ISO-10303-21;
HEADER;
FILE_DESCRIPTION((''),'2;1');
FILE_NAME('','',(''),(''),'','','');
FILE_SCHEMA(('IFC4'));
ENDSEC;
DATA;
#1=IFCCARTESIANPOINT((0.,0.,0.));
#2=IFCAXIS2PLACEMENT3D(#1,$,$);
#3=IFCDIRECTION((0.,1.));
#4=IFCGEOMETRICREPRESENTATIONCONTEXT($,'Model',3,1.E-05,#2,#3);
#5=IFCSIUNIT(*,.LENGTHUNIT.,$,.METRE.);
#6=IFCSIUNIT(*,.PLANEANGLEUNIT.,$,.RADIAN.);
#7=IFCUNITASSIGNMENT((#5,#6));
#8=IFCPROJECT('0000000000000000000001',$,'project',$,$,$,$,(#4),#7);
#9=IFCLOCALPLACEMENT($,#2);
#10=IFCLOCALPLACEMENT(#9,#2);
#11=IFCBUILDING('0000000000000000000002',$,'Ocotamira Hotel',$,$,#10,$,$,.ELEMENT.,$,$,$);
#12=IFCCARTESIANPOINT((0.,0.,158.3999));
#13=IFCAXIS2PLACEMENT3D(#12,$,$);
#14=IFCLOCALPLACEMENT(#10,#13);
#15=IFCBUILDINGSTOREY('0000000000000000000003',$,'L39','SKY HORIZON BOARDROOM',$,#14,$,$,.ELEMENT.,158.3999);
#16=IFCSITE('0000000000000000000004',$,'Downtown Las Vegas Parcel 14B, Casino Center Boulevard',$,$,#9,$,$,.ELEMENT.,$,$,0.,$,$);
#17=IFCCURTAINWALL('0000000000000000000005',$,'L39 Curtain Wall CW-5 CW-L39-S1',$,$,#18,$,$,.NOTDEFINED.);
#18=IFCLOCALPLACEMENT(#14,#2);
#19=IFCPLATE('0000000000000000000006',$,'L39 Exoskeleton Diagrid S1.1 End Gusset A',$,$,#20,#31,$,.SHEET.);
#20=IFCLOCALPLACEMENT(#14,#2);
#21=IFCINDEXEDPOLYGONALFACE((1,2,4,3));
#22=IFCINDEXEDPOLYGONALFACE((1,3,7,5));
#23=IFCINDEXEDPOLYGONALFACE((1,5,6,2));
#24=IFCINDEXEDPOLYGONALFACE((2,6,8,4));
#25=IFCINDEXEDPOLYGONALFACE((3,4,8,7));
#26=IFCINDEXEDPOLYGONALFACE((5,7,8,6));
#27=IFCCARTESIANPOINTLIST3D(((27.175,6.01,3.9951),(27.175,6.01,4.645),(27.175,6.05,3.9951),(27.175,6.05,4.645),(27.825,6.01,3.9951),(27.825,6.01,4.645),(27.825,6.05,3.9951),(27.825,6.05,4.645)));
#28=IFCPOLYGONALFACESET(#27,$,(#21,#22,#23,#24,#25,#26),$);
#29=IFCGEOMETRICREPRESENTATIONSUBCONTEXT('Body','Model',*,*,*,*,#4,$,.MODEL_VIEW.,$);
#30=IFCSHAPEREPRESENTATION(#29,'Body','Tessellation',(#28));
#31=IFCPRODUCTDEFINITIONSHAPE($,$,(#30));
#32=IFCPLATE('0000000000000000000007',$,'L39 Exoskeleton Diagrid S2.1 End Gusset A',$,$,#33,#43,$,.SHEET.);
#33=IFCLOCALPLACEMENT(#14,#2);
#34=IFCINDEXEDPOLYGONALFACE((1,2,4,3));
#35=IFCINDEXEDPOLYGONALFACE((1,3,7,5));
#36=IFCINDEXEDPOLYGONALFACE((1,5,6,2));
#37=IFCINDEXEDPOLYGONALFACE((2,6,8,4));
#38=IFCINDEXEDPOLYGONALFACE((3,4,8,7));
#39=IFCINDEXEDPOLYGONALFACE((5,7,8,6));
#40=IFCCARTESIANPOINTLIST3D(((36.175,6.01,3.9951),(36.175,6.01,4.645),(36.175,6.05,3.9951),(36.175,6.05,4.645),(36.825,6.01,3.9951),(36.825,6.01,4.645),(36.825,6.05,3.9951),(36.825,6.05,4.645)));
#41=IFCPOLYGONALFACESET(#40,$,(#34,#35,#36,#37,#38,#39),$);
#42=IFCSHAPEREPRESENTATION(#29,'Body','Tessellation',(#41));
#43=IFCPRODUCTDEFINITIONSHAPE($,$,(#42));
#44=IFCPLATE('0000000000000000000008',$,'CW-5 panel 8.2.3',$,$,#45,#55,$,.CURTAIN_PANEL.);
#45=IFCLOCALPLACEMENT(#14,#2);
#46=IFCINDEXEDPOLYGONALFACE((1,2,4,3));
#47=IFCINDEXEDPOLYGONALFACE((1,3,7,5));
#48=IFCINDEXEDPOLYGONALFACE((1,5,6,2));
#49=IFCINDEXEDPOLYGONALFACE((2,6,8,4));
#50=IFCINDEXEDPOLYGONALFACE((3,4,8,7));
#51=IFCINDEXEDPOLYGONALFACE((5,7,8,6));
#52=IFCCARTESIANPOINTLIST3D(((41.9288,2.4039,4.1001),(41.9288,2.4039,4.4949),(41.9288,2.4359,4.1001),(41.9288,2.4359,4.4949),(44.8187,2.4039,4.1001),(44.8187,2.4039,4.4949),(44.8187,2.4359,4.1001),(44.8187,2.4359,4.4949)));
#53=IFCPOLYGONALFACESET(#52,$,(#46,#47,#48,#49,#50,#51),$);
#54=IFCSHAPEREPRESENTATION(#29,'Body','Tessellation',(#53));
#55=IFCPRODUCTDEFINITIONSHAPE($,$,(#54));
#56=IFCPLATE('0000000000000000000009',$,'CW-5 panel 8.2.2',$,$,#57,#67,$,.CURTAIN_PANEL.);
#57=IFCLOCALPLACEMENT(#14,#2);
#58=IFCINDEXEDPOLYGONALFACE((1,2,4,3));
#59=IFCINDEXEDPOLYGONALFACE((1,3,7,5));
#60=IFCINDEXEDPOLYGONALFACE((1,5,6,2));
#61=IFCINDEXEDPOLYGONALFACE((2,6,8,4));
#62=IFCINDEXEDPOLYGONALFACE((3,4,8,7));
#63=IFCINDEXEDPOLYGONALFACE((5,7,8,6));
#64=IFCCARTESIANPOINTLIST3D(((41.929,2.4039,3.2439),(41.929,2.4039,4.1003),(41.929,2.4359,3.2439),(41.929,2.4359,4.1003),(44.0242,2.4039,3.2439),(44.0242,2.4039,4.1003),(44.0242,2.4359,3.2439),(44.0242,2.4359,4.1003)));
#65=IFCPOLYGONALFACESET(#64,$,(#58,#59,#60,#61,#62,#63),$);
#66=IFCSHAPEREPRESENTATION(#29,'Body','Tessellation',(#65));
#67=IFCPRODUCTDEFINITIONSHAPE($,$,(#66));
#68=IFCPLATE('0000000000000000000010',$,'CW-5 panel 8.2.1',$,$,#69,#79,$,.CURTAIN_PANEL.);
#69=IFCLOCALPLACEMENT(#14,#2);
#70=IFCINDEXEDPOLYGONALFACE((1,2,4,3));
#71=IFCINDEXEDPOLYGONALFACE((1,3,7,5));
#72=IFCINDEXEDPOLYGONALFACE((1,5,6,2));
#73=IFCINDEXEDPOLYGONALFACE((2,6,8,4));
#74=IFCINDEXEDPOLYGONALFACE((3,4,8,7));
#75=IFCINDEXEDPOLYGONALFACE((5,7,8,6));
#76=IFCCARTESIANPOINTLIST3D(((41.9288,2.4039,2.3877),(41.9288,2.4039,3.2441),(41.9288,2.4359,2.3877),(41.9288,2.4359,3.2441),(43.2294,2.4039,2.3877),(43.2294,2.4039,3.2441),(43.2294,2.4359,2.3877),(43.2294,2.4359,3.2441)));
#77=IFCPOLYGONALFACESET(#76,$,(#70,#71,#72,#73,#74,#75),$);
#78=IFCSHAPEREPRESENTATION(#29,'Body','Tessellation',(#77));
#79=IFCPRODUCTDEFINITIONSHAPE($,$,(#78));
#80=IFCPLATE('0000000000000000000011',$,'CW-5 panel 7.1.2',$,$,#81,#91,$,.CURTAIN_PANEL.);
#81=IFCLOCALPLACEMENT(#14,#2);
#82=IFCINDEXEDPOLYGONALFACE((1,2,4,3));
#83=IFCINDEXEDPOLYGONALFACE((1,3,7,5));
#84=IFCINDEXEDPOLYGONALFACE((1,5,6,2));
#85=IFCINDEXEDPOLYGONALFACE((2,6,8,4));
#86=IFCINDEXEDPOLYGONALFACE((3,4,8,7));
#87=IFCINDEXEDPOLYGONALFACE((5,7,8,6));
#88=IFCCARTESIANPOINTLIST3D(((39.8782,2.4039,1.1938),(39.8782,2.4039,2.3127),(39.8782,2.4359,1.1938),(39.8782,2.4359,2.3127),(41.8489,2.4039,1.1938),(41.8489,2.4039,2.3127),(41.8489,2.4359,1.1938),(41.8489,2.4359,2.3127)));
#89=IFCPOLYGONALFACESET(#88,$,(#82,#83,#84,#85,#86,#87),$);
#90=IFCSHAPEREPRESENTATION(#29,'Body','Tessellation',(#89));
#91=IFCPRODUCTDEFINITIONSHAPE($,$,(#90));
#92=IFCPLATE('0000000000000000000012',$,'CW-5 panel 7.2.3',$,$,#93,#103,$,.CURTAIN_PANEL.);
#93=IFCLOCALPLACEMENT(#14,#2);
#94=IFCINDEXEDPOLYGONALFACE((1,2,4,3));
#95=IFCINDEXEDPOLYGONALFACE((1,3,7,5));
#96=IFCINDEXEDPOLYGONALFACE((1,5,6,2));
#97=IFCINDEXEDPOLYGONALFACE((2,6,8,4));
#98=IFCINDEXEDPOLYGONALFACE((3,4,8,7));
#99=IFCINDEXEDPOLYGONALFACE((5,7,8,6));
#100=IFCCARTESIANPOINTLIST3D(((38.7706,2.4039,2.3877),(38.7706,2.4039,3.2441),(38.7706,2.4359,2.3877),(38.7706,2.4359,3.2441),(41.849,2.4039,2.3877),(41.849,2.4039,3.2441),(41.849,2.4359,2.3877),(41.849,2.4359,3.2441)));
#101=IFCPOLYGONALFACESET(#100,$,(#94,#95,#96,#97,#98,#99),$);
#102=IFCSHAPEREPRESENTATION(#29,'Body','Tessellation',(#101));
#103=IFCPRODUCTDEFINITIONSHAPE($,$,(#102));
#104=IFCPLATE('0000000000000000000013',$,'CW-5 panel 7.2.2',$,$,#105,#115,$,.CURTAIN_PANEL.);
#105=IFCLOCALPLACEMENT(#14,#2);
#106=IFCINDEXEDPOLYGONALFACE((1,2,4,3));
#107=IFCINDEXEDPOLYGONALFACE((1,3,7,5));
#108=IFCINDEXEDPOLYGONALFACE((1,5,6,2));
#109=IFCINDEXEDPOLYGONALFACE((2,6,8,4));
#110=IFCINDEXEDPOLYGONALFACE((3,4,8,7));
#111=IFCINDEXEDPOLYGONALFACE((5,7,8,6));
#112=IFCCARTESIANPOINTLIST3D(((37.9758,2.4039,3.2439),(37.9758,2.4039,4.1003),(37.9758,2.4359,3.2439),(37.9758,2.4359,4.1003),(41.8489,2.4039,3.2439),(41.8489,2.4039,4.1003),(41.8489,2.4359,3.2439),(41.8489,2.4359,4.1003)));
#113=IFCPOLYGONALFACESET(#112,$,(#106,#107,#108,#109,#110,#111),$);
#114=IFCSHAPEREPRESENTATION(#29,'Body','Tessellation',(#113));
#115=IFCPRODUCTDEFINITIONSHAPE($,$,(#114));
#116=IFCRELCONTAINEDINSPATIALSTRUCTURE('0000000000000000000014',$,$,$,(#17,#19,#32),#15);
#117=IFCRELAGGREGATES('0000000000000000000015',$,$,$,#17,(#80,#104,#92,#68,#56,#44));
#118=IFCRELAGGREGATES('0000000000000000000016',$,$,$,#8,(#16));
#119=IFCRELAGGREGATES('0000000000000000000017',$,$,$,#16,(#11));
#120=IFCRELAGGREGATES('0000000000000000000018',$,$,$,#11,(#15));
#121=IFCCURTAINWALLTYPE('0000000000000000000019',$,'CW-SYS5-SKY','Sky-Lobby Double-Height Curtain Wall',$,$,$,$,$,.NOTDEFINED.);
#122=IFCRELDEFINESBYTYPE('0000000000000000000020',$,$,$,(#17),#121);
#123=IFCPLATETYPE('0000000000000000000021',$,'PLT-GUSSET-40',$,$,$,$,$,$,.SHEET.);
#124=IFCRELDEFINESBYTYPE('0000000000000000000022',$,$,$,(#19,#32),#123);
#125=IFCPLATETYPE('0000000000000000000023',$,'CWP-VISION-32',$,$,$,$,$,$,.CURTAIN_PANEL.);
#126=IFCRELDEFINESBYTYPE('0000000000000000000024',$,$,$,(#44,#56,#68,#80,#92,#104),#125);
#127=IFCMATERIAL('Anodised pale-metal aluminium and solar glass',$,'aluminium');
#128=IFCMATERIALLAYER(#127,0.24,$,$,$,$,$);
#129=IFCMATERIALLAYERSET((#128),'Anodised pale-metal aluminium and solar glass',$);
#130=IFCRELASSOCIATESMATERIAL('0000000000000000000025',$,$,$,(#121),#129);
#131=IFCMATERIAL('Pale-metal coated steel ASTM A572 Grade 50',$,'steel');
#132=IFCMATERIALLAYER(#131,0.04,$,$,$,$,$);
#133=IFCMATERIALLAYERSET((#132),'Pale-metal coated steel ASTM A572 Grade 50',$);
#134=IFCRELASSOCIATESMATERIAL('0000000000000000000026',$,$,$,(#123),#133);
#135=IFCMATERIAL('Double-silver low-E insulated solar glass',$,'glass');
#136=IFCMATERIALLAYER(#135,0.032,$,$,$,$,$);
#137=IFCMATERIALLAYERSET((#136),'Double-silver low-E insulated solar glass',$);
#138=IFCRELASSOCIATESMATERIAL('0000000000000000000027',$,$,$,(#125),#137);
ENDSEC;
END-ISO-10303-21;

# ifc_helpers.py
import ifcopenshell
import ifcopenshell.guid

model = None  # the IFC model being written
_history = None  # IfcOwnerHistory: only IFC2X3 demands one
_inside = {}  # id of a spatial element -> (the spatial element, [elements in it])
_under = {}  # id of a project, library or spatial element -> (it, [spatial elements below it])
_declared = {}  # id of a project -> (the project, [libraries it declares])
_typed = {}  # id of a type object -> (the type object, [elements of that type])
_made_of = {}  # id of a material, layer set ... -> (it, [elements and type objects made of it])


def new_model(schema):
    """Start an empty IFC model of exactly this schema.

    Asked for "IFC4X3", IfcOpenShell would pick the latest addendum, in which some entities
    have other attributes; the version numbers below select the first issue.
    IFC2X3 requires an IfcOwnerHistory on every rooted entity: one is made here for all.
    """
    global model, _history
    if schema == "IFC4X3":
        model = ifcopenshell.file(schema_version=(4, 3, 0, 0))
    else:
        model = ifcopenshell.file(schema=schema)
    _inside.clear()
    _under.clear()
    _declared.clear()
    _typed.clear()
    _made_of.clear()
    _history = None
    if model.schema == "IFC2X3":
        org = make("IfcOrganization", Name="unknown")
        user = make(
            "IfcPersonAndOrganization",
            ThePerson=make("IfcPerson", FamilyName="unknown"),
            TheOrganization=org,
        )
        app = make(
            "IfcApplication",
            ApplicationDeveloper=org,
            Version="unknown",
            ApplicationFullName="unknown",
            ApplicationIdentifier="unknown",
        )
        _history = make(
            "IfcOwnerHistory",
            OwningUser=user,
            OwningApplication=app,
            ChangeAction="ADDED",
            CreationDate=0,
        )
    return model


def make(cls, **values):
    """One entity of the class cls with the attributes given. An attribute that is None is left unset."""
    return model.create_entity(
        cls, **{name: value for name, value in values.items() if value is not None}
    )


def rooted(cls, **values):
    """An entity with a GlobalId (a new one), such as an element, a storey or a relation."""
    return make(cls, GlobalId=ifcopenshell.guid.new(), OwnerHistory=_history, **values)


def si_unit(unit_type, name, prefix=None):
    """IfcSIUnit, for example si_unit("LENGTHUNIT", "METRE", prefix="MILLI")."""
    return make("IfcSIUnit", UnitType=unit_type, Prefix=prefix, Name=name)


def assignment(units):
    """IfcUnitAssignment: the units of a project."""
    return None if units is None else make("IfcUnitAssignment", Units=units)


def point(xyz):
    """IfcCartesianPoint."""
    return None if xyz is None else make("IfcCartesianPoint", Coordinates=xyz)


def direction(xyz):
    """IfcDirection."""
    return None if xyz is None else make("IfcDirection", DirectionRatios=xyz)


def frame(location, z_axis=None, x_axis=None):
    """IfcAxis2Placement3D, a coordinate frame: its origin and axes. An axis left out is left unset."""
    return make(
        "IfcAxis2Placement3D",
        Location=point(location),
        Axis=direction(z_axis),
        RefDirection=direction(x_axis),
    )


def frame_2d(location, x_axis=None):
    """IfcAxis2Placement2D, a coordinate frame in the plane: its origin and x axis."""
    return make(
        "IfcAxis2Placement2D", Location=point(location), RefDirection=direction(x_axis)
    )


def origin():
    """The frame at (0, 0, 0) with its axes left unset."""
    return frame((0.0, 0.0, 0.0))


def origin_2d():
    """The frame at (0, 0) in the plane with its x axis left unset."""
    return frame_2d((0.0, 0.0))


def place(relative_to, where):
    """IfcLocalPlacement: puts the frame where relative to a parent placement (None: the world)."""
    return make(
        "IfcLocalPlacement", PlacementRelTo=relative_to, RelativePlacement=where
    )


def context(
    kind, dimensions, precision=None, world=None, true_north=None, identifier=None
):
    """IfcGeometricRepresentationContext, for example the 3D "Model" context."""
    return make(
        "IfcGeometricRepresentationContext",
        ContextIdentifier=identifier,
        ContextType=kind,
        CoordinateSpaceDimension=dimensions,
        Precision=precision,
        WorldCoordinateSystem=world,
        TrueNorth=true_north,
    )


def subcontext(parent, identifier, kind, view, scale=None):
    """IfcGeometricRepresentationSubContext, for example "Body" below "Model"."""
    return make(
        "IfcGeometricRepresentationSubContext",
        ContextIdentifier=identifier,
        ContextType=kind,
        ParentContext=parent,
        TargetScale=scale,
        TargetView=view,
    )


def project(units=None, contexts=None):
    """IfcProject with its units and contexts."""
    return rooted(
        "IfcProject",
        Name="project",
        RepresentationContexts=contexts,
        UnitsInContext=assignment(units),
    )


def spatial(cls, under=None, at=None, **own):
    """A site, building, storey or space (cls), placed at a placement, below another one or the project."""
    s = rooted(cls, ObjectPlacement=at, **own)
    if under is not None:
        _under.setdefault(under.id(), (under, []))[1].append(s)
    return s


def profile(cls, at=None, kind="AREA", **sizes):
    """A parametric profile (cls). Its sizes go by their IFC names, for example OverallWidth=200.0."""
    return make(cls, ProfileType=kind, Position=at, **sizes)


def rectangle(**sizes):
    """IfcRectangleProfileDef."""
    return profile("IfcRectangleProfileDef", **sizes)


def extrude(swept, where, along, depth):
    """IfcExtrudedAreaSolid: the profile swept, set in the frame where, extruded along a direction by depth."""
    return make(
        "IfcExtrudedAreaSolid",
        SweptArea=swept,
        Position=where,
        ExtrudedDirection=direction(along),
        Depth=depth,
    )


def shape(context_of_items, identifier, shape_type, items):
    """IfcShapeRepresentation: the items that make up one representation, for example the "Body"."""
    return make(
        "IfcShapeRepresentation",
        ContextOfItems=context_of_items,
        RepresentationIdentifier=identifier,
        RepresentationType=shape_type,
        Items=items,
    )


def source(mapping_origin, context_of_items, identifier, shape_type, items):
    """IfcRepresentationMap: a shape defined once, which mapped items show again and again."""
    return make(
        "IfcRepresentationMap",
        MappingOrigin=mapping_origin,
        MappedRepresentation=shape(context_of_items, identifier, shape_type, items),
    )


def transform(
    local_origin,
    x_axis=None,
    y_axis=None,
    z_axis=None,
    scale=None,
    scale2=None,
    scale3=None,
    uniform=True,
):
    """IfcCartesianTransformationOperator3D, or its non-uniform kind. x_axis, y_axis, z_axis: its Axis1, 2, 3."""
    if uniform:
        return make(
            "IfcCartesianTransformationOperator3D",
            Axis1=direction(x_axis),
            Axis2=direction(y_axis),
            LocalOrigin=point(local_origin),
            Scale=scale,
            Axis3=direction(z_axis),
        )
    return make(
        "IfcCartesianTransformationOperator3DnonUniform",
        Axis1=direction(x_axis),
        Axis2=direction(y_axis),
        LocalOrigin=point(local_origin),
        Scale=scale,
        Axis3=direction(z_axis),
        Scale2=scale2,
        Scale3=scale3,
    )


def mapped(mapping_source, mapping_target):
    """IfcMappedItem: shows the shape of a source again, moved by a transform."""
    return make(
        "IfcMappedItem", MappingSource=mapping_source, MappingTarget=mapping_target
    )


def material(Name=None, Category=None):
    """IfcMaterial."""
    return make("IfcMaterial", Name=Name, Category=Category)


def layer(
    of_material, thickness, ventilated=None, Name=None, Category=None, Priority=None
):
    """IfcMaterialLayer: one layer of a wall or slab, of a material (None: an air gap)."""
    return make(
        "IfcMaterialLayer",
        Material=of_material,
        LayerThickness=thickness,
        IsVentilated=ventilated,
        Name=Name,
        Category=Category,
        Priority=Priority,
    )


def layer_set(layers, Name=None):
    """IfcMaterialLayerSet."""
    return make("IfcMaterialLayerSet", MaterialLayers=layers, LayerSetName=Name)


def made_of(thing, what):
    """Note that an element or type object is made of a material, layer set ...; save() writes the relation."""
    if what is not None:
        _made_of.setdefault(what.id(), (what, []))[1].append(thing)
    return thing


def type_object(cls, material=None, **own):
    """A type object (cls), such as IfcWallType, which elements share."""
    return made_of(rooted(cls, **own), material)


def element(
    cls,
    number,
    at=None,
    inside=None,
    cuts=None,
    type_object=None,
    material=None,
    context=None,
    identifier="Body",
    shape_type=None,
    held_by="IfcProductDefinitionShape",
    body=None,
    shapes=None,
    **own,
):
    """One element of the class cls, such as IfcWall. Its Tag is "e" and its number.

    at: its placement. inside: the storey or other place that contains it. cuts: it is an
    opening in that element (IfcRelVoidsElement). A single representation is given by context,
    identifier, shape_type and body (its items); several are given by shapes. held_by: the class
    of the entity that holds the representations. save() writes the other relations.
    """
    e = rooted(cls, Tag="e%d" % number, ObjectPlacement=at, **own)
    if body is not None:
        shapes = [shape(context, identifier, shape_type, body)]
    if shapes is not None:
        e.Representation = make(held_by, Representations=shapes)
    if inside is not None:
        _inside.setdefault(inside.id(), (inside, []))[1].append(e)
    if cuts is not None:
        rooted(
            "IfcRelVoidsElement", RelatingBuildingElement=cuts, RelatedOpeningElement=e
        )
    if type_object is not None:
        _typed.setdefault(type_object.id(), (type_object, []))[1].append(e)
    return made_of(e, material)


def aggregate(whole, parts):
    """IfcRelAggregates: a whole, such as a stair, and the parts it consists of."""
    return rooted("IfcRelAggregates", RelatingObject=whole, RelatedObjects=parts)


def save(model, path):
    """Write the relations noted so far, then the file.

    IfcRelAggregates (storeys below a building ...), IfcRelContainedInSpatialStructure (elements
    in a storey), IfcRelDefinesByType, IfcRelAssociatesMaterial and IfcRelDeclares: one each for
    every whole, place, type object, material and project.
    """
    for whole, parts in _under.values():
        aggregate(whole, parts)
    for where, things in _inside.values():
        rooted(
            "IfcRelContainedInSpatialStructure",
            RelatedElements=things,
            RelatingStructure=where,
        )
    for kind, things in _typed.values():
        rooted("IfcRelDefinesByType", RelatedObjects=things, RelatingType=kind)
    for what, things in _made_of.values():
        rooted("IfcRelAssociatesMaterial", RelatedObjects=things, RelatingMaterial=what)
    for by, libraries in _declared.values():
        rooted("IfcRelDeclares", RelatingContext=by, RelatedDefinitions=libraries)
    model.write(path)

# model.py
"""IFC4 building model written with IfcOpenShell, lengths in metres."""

from ifc_helpers import new_model, si_unit, direction, frame, origin, origin_2d, place, context, subcontext, project, spatial, rectangle, extrude, source, transform, mapped, material, layer, layer_set, type_object, element, aggregate, save


model = new_model("IFC4")

# Units and contexts
model_context = context("Model", 3, precision=1e-05, world=origin(), true_north=direction((0.0, 1.0)))
body_context = subcontext(model_context, "Body", "Model", "MODEL_VIEW")
ifc_project = project(units=[si_unit("LENGTHUNIT", "METRE"), si_unit("PLANEANGLEUNIT", "RADIAN")], contexts=[model_context])

# Site, building, storey
site_placement = place(None, origin())
site = spatial("IfcSite", under=ifc_project, at=site_placement, Name="Downtown Las Vegas Parcel 14B, Casino Center Boulevard", CompositionType="ELEMENT", RefElevation=0.0)
building_placement = place(site_placement, origin())
building = spatial("IfcBuilding", under=site, at=building_placement, Name="Ocotamira Hotel", CompositionType="ELEMENT")
storey_placement = place(building_placement, frame((0.0, 0.0, 158.3999)))
storey = spatial("IfcBuildingStorey", under=building, at=storey_placement, Name="L39", Description="SKY HORIZON BOARDROOM", CompositionType="ELEMENT", Elevation=158.3999)

# Curtain wall
ifc_material_1 = material(Name="Anodised pale-metal aluminium and solar glass", Category="aluminium")
ifc_layer_1 = layer(ifc_material_1, 0.24)
ifc_layer_set_1 = layer_set([ifc_layer_1], Name="Anodised pale-metal aluminium and solar glass")
curtain_wall_type = type_object("IfcCurtainWallType", Name="CW-SYS5-SKY", Description="Sky-Lobby Double-Height Curtain Wall", PredefinedType="NOTDEFINED", material=ifc_layer_set_1)
curtain_wall_placement = place(storey_placement, origin())
curtain_wall = element("IfcCurtainWall", 1, at=curtain_wall_placement, inside=storey, type_object=curtain_wall_type, Name="L39 Curtain Wall CW-5 CW-L39-S1", PredefinedType="NOTDEFINED")

# Plates
ifc_material_2 = material(Name="Pale-metal coated steel ASTM A572 Grade 50", Category="steel")
ifc_layer_2 = layer(ifc_material_2, 0.04)
ifc_layer_set_2 = layer_set([ifc_layer_2], Name="Pale-metal coated steel ASTM A572 Grade 50")
plate_type_1 = type_object("IfcPlateType", Name="PLT-GUSSET-40", PredefinedType="SHEET", material=ifc_layer_set_2)
shared_shape_1 = source(origin(), body_context, "Body", "SweptSolid", [
    extrude(rectangle(XDim=0.6499, YDim=0.04, at=origin_2d()), origin(), (0.0, 0.0, 1.0), 0.6499),
])
for number, where, z_axis, x_axis, name in (
    (2, (27.5, 6.03, 3.9951), (0.0, 0.0, 1.0), (-1.0, 0.0, 0.0), "L39 Exoskeleton Diagrid S1.1 End Gusset A"),
    (3, (36.5, 6.03, 3.9951), (0.0, 0.0, 1.0), (-1.0, 0.0, 0.0), "L39 Exoskeleton Diagrid S2.1 End Gusset A"),
):
    element("IfcPlate", number, at=place(storey_placement, frame(where, z_axis=z_axis, x_axis=x_axis)), inside=storey, type_object=plate_type_1, Name=name, PredefinedType="SHEET", context=body_context, shape_type="MappedRepresentation", body=[
        mapped(shared_shape_1, transform((0.0, 0.0, 0.0), scale=1.0)),
    ])

# Plates
ifc_material_3 = material(Name="Double-silver low-E insulated solar glass", Category="glass")
ifc_layer_3 = layer(ifc_material_3, 0.032)
ifc_layer_set_3 = layer_set([ifc_layer_3], Name="Double-silver low-E insulated solar glass")
plate_type_2 = type_object("IfcPlateType", Name="CWP-VISION-32", PredefinedType="CURTAIN_PANEL", material=ifc_layer_set_3)
shared_shape_2 = source(origin(), body_context, "Body", "SweptSolid", [
    extrude(rectangle(XDim=2.8899, YDim=0.032, at=origin_2d()), origin(), (0.0, 0.0, 1.0), 0.3948),
])
plate_1_placement = place(storey_placement, frame((43.3738, 2.4199, 4.1001), z_axis=(0.0, 0.0, 1.0), x_axis=(1.0, 0.0, 0.0)))
plate_1 = element("IfcPlate", 4, at=plate_1_placement, type_object=plate_type_2, Name="CW-5 panel 8.2.3", PredefinedType="CURTAIN_PANEL", context=body_context, shape_type="MappedRepresentation", body=[
    mapped(shared_shape_2, transform((0.0, 0.0, 0.0), scale=1.0)),
])
shared_shape_3 = source(origin(), body_context, "Body", "SweptSolid", [
    extrude(rectangle(XDim=2.0952, YDim=0.032, at=origin_2d()), origin(), (0.0, 0.0, 1.0), 0.8564),
])
plate_2_placement = place(storey_placement, frame((42.9766, 2.4199, 3.2439), z_axis=(0.0, 0.0, 1.0), x_axis=(1.0, 0.0, 0.0)))
plate_2 = element("IfcPlate", 5, at=plate_2_placement, type_object=plate_type_2, Name="CW-5 panel 8.2.2", PredefinedType="CURTAIN_PANEL", context=body_context, shape_type="MappedRepresentation", body=[
    mapped(shared_shape_3, transform((0.0, 0.0, 0.0), scale=1.0)),
])
shared_shape_4 = source(origin(), body_context, "Body", "SweptSolid", [
    extrude(rectangle(XDim=1.3005, YDim=0.032, at=origin_2d()), origin(), (0.0, 0.0, 1.0), 0.8564),
])
plate_3_placement = place(storey_placement, frame((42.5791, 2.4199, 2.3877), z_axis=(0.0, 0.0, 1.0), x_axis=(1.0, 0.0, 0.0)))
plate_3 = element("IfcPlate", 6, at=plate_3_placement, type_object=plate_type_2, Name="CW-5 panel 8.2.1", PredefinedType="CURTAIN_PANEL", context=body_context, shape_type="MappedRepresentation", body=[
    mapped(shared_shape_4, transform((0.0, 0.0, 0.0), scale=1.0)),
])
shared_shape_5 = source(origin(), body_context, "Body", "SweptSolid", [
    extrude(rectangle(XDim=1.9707, YDim=0.032, at=origin_2d()), origin(), (0.0, 0.0, 1.0), 1.1189),
])
plate_4_placement = place(storey_placement, frame((40.8635, 2.4199, 1.1938), z_axis=(0.0, 0.0, 1.0), x_axis=(1.0, 0.0, 0.0)))
plate_4 = element("IfcPlate", 7, at=plate_4_placement, type_object=plate_type_2, Name="CW-5 panel 7.1.2", PredefinedType="CURTAIN_PANEL", context=body_context, shape_type="MappedRepresentation", body=[
    mapped(shared_shape_5, transform((0.0, 0.0, 0.0), scale=1.0)),
])
shared_shape_6 = source(origin(), body_context, "Body", "SweptSolid", [
    extrude(rectangle(XDim=3.0784, YDim=0.032, at=origin_2d()), origin(), (0.0, 0.0, 1.0), 0.8564),
])
plate_5_placement = place(storey_placement, frame((40.3098, 2.4199, 2.3877), z_axis=(0.0, 0.0, 1.0), x_axis=(1.0, 0.0, 0.0)))
plate_5 = element("IfcPlate", 8, at=plate_5_placement, type_object=plate_type_2, Name="CW-5 panel 7.2.3", PredefinedType="CURTAIN_PANEL", context=body_context, shape_type="MappedRepresentation", body=[
    mapped(shared_shape_6, transform((0.0, 0.0, 0.0), scale=1.0)),
])
shared_shape_7 = source(origin(), body_context, "Body", "SweptSolid", [
    extrude(rectangle(XDim=3.873, YDim=0.032, at=origin_2d()), origin(), (0.0, 0.0, 1.0), 0.8564),
])
plate_6_placement = place(storey_placement, frame((39.9124, 2.4199, 3.2439), z_axis=(0.0, 0.0, 1.0), x_axis=(1.0, 0.0, 0.0)))
plate_6 = element("IfcPlate", 9, at=plate_6_placement, type_object=plate_type_2, Name="CW-5 panel 7.2.2", PredefinedType="CURTAIN_PANEL", context=body_context, shape_type="MappedRepresentation", body=[
    mapped(shared_shape_7, transform((0.0, 0.0, 0.0), scale=1.0)),
])
aggregate(curtain_wall, [plate_4, plate_6, plate_5, plate_3, plate_2, plate_1])

save(model, "model.ifc")
